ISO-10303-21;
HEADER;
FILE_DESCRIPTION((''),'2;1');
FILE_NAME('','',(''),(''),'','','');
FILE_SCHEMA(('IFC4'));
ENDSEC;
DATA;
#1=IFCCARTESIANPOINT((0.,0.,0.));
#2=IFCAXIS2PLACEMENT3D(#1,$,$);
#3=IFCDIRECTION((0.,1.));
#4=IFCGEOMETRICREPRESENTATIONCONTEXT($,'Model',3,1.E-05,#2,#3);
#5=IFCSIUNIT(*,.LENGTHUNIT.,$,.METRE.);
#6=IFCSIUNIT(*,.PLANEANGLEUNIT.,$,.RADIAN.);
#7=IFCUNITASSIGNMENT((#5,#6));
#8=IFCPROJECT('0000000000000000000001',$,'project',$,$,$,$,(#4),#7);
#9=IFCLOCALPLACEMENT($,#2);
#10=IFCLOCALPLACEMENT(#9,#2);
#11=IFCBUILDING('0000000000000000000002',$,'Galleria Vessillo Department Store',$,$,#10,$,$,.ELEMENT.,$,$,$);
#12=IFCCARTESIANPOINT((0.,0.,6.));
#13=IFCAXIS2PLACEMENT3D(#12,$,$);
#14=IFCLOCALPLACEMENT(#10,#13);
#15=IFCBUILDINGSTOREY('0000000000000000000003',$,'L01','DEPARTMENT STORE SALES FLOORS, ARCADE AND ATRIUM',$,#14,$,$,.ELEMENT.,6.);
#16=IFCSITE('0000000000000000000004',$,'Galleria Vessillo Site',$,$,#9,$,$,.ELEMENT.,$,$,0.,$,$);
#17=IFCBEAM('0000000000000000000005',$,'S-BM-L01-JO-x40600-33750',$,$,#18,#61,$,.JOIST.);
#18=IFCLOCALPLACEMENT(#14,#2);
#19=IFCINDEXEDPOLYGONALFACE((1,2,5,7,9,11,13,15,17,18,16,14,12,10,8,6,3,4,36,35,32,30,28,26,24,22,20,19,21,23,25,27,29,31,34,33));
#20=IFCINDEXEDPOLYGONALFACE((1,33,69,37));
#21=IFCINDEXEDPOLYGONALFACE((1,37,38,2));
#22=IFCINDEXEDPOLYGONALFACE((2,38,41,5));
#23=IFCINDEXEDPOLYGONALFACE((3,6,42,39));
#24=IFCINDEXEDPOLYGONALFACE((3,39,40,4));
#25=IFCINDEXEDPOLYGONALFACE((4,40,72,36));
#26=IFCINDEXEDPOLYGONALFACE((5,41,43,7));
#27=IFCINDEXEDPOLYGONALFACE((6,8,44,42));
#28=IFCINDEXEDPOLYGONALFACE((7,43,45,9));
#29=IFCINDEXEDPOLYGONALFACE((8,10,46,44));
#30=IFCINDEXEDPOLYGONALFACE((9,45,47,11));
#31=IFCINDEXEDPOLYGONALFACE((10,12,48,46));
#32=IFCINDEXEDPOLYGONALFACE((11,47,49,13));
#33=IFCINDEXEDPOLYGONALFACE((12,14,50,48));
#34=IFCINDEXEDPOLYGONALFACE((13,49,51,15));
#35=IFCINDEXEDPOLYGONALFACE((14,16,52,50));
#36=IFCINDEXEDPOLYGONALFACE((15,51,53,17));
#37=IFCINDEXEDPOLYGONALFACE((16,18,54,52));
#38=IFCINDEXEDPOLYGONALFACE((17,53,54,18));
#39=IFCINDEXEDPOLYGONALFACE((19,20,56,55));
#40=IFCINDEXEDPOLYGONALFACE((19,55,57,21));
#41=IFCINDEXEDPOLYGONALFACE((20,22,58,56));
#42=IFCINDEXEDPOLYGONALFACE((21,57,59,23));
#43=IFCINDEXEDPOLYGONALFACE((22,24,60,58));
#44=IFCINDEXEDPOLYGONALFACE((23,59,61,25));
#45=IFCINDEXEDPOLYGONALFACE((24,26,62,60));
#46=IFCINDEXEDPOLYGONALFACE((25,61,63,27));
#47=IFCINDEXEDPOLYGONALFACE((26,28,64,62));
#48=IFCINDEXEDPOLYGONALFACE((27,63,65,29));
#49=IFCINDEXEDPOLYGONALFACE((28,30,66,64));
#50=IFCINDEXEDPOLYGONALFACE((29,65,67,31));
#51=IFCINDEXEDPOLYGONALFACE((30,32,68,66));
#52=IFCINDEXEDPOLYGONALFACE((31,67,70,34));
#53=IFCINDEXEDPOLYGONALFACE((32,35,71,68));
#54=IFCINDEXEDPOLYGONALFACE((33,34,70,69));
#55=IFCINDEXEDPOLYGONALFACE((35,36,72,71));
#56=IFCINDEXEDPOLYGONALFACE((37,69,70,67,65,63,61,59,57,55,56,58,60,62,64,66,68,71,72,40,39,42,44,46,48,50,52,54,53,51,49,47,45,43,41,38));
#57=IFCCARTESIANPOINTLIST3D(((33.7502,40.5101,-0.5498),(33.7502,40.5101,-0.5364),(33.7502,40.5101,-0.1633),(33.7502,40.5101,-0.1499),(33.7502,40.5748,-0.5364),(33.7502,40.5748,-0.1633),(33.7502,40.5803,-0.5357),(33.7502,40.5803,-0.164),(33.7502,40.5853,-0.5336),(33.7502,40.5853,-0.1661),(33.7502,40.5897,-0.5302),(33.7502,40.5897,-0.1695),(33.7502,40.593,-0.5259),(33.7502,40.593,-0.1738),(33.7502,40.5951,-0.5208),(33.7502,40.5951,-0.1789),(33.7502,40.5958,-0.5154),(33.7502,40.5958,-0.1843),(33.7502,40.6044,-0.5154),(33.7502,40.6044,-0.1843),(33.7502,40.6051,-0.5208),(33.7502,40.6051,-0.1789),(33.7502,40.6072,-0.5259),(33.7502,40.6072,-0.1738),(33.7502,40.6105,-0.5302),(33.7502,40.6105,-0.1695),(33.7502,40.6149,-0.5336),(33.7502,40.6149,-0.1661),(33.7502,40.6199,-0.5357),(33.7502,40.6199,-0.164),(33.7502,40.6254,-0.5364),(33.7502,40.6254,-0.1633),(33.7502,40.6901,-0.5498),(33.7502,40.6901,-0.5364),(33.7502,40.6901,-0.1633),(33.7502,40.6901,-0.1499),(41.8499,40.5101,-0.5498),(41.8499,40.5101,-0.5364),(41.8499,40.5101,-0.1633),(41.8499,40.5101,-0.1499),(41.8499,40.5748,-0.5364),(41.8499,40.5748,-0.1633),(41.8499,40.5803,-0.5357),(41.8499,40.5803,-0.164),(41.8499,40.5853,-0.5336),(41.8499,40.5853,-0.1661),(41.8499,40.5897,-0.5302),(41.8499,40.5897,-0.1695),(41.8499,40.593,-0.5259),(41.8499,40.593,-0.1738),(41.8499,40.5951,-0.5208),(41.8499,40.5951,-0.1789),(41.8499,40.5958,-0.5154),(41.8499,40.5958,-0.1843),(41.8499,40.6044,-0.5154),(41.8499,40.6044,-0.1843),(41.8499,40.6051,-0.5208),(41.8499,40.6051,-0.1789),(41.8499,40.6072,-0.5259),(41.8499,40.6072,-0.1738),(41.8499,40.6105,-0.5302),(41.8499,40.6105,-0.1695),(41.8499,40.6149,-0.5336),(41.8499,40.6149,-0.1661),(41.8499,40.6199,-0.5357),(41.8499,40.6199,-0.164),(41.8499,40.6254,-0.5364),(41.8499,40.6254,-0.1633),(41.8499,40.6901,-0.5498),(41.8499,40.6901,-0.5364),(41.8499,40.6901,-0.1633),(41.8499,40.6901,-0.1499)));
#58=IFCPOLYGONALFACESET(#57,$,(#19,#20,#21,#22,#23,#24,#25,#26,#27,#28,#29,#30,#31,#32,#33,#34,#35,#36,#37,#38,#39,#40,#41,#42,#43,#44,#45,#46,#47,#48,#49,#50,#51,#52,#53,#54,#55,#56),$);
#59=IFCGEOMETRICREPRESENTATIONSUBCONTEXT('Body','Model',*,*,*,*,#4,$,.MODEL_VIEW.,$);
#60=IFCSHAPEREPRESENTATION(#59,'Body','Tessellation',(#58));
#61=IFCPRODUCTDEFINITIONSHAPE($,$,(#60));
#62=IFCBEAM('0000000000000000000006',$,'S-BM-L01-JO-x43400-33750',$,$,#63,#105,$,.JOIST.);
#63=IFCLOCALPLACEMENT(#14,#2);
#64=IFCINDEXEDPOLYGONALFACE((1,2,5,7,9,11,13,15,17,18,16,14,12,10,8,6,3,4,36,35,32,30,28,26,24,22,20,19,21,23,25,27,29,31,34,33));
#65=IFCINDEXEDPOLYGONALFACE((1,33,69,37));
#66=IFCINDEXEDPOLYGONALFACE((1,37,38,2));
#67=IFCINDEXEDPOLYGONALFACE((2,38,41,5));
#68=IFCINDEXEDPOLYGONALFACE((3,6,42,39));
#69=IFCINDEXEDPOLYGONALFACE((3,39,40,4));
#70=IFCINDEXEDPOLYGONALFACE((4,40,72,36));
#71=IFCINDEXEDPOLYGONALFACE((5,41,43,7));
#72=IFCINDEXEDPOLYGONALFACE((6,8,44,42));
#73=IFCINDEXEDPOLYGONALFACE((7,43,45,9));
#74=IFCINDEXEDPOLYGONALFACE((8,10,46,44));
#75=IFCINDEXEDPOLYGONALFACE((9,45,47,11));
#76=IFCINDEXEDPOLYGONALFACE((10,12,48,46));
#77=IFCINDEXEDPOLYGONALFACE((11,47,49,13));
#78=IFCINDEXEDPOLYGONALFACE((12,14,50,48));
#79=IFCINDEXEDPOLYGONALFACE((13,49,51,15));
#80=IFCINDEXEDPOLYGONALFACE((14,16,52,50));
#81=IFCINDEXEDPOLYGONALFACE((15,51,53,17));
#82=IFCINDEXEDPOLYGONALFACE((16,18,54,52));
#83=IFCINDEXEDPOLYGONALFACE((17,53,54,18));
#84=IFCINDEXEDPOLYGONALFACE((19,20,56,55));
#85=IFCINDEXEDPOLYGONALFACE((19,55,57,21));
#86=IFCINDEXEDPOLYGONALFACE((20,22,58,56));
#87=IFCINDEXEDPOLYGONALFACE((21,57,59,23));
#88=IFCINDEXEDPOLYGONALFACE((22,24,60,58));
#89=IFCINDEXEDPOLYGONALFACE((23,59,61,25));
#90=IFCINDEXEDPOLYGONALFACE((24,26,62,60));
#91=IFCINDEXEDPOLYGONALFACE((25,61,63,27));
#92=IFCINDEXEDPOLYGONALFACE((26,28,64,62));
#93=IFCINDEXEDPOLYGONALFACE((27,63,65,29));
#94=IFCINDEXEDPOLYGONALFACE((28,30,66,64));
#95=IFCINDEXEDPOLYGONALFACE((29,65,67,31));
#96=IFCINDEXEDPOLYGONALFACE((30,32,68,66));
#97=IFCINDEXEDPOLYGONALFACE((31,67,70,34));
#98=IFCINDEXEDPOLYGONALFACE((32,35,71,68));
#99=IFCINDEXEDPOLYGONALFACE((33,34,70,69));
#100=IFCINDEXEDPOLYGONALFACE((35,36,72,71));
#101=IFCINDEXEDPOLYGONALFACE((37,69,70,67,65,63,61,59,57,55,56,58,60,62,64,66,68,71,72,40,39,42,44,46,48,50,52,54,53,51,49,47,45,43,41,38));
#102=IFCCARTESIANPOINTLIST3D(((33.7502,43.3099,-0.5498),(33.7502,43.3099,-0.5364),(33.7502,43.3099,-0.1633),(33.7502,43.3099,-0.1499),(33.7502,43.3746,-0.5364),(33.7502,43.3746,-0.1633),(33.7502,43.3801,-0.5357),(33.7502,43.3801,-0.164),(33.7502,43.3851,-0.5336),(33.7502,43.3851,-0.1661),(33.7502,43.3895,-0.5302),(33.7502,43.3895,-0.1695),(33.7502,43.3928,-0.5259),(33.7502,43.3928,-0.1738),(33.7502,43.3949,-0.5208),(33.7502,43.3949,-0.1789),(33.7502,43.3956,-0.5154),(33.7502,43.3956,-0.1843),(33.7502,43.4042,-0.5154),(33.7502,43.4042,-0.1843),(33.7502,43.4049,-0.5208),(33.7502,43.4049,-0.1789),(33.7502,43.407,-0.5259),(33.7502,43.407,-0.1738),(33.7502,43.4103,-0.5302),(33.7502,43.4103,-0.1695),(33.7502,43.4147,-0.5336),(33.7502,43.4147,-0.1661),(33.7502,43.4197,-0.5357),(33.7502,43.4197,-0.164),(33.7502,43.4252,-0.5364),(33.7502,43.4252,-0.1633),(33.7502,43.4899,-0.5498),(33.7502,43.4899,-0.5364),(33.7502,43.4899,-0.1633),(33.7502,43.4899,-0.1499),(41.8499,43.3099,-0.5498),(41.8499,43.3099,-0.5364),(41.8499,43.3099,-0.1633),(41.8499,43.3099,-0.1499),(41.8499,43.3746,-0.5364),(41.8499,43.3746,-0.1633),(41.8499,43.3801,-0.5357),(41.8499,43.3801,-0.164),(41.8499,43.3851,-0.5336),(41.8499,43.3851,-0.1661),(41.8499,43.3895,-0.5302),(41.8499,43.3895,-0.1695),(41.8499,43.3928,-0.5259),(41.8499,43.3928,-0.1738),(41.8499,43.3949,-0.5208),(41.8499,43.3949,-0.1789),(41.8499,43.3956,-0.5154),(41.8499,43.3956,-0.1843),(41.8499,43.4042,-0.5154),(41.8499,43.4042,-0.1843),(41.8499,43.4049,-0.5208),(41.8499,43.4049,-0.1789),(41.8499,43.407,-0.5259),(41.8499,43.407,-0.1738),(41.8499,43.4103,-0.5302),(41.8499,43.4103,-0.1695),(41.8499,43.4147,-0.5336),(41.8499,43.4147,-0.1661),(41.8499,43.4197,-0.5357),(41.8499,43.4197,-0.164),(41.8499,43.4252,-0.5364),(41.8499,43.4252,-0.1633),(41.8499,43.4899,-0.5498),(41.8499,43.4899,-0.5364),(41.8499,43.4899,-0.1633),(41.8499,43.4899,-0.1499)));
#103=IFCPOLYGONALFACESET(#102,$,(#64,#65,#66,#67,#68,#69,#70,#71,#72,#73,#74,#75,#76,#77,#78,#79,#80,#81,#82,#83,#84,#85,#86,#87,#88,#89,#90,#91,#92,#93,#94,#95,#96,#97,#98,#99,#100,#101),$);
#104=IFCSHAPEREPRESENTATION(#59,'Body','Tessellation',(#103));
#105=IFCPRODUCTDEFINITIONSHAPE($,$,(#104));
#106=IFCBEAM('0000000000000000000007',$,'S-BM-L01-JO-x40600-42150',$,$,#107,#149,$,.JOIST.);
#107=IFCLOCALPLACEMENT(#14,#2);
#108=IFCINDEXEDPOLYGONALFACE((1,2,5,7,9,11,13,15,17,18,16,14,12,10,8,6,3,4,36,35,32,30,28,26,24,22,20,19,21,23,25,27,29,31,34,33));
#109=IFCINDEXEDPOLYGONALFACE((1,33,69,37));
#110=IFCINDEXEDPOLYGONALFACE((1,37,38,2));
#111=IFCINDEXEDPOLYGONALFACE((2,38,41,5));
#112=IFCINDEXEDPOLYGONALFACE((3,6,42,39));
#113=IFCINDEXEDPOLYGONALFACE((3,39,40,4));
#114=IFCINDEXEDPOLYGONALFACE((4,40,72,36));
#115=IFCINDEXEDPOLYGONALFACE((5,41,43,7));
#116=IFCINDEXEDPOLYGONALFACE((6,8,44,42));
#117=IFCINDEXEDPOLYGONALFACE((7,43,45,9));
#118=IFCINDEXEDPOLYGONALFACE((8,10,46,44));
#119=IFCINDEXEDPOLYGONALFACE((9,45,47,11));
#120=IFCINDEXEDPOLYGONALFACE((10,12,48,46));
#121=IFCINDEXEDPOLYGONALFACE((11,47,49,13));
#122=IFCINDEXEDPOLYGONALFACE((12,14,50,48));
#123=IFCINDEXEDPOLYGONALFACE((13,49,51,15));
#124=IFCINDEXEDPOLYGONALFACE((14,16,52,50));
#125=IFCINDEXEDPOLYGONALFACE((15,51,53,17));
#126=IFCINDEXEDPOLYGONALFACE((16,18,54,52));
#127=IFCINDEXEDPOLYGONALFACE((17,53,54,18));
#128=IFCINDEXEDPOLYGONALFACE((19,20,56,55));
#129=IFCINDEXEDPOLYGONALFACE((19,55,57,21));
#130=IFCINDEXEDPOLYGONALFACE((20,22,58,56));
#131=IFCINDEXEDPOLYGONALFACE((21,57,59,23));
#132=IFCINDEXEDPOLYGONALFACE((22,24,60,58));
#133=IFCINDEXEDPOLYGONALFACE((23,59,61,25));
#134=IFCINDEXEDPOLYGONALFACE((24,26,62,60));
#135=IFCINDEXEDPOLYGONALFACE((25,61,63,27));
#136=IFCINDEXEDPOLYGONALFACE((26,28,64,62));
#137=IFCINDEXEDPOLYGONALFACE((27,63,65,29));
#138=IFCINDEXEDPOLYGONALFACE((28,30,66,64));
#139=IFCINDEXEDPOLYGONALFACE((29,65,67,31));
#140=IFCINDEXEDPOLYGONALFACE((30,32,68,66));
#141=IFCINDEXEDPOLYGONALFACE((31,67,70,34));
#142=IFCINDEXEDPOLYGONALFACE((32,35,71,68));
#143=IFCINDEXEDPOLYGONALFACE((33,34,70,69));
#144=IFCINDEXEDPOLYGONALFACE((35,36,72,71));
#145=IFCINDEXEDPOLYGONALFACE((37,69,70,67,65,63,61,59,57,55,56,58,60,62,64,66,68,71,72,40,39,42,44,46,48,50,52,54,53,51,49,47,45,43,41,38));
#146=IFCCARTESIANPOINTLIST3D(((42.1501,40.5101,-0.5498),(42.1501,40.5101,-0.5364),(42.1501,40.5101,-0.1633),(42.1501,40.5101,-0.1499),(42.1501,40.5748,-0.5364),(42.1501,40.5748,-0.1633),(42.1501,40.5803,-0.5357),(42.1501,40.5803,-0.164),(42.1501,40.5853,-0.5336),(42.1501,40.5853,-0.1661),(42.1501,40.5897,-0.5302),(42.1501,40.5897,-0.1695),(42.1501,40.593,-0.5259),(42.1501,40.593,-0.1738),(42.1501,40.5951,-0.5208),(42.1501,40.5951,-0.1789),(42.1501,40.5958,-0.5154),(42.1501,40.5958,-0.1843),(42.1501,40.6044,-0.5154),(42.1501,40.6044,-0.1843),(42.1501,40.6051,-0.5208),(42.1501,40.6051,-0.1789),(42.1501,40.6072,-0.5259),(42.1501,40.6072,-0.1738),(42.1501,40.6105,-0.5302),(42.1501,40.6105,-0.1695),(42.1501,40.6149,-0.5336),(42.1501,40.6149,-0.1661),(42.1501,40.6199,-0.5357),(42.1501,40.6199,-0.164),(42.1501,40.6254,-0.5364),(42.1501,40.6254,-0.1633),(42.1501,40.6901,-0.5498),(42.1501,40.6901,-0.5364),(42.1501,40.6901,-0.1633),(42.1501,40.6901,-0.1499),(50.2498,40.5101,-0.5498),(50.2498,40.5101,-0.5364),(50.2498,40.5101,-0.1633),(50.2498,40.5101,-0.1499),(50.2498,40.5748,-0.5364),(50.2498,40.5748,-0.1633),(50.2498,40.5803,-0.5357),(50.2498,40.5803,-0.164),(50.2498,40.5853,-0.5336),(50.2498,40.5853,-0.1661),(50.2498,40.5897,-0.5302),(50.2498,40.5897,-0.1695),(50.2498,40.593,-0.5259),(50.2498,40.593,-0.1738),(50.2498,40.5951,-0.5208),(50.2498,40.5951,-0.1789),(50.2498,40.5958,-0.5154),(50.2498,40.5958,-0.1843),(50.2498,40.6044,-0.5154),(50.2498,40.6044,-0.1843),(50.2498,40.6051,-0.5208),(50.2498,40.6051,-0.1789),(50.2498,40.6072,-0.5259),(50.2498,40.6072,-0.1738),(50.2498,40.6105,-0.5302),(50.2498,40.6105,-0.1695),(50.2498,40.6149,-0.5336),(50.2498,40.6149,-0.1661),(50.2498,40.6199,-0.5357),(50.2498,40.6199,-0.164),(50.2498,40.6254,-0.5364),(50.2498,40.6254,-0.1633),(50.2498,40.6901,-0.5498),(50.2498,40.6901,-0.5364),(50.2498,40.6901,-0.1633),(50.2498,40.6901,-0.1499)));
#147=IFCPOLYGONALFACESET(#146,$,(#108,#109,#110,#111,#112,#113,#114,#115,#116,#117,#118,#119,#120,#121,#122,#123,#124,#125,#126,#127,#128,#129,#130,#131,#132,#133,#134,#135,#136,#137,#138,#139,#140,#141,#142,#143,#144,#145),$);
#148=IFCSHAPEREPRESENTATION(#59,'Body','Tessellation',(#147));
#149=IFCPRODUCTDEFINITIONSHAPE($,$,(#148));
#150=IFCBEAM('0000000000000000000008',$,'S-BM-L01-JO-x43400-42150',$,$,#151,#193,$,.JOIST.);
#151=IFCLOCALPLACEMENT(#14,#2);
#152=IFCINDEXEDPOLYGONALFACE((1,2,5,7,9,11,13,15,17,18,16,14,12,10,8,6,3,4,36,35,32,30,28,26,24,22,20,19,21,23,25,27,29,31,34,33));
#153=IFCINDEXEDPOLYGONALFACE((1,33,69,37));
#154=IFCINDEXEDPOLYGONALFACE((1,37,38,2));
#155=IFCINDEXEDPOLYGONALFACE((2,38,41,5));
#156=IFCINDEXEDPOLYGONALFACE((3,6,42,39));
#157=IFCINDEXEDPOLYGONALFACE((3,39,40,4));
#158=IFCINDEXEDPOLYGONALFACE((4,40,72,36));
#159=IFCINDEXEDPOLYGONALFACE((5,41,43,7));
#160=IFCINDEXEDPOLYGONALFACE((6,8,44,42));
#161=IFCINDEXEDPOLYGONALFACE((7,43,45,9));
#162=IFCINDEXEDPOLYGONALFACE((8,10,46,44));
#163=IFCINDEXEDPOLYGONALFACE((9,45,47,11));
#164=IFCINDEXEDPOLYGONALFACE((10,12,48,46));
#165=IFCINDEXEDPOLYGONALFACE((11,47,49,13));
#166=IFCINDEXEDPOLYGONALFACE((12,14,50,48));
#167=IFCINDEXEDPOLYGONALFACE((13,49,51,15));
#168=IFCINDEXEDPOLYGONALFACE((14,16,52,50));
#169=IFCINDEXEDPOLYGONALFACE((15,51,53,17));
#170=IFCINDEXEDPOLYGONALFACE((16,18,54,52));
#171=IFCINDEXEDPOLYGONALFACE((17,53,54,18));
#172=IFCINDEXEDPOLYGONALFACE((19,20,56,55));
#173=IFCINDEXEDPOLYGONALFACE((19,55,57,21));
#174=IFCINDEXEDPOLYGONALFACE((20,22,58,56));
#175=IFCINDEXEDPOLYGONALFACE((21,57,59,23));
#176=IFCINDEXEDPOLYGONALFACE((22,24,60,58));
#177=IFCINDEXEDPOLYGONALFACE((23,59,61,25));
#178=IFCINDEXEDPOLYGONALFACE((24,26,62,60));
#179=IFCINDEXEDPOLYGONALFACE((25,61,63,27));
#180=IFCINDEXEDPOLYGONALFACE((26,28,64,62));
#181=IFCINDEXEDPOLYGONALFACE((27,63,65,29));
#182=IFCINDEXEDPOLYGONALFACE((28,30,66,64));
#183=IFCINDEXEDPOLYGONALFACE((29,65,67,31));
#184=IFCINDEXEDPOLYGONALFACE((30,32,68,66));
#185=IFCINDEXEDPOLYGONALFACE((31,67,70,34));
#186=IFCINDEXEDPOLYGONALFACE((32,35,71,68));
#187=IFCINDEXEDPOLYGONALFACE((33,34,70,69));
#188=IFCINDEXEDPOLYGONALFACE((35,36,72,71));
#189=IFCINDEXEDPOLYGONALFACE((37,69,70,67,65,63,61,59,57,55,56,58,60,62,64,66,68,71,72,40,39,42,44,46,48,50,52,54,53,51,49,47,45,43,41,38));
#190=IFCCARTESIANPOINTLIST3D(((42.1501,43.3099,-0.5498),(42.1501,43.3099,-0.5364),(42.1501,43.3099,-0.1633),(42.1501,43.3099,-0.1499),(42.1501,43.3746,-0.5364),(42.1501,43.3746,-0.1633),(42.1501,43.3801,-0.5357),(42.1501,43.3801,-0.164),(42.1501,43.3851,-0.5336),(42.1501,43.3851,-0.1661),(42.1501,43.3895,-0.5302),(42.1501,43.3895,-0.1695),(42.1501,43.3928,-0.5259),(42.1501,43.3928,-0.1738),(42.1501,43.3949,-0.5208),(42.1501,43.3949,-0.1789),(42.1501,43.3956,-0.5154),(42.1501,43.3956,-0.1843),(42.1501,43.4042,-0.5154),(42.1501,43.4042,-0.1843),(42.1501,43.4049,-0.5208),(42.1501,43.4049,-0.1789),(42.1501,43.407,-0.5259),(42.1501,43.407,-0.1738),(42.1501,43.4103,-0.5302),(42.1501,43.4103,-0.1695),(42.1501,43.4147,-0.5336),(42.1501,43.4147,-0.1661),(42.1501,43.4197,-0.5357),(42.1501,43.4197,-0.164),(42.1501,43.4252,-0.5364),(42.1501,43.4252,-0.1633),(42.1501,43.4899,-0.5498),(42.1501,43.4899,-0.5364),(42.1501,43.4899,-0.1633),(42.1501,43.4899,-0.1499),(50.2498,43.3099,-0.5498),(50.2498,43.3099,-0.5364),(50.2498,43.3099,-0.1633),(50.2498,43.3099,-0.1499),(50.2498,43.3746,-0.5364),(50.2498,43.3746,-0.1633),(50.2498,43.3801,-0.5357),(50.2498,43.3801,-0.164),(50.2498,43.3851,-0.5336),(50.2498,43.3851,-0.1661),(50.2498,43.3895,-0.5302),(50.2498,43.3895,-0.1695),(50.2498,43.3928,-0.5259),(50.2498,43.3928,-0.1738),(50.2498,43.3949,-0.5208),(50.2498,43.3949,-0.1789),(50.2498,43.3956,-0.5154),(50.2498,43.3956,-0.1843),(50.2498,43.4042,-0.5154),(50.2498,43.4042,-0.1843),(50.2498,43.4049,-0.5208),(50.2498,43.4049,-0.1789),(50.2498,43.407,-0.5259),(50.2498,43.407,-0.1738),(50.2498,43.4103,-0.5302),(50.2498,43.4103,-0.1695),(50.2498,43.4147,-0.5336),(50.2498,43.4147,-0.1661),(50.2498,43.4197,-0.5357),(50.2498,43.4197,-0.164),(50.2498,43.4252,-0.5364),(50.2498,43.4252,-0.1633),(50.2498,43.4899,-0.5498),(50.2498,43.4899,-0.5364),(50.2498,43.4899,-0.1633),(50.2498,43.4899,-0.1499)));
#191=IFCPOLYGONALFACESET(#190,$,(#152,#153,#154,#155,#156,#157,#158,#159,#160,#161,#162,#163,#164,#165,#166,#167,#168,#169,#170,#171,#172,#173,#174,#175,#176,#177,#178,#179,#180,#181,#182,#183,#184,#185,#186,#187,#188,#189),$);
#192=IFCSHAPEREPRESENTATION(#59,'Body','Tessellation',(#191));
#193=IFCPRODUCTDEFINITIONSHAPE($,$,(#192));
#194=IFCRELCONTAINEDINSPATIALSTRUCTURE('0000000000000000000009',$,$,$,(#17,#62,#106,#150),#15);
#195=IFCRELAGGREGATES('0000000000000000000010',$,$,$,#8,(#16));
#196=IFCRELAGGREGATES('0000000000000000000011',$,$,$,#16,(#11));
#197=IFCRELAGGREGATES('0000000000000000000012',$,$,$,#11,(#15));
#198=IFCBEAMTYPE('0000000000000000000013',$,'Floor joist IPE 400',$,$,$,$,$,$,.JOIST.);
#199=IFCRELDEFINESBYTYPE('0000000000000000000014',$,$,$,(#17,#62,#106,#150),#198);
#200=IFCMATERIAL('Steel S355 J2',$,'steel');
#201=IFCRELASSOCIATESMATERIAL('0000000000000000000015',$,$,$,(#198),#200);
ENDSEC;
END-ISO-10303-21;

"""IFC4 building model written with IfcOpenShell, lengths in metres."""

from ifc_helpers import new_model, si_unit, direction, frame, origin, origin_2d, place, context, subcontext, project, spatial, i_section, extrude, material, material_profile, profile_set, type_object, element, save


model = new_model("IFC4")

# Units and contexts
model_context = context("Model", 3, precision=1e-05, world=origin(), true_north=direction((0.0, 1.0)))
body_context = subcontext(model_context, "Body", "Model", "MODEL_VIEW")
ifc_project = project(units=[si_unit("LENGTHUNIT", "METRE"), si_unit("PLANEANGLEUNIT", "RADIAN")], contexts=[model_context])

# Site, building, storey
site_placement = place(None, origin())
site = spatial("IfcSite", under=ifc_project, at=site_placement, Name="Galleria Vessillo Site", CompositionType="ELEMENT", RefElevation=0.0)
building_placement = place(site_placement, origin())
building = spatial("IfcBuilding", under=site, at=building_placement, Name="Galleria Vessillo Department Store", CompositionType="ELEMENT")
storey_placement = place(building_placement, frame((0.0, 0.0, 6.0)))
storey = spatial("IfcBuildingStorey", under=building, at=storey_placement, Name="L01", Description="DEPARTMENT STORE SALES FLOORS, ARCADE AND ATRIUM", CompositionType="ELEMENT", Elevation=6.0)

# Beams
ifc_material_1 = material(Name="Steel S355 J2", Category="steel")
ifc_material_profile_1 = material_profile(ifc_material_1, i_section(OverallWidth=0.1799, OverallDepth=0.3999, WebThickness=0.0085, FlangeThickness=0.0134, FilletRadius=0.021, at=origin_2d()), Name="IPE 400")
ifc_profile_set_1 = profile_set([ifc_material_profile_1], Name="Steel S355 J2")
beam_type_1 = type_object("IfcBeamType", Name="Floor joist IPE 400", PredefinedType="JOIST", material=ifc_profile_set_1)
for number, where, z_axis, x_axis, name in (
    (1, (33.7502, 40.6001, -0.3499), (1.0, 0.0, 0.0), (0.0, 1.0, 0.0), "S-BM-L01-JO-x40600-33750"),
    (2, (33.7502, 43.3999, -0.3499), (1.0, 0.0, 0.0), (0.0, 1.0, 0.0), "S-BM-L01-JO-x43400-33750"),
    (3, (42.1501, 40.6001, -0.3499), (1.0, 0.0, 0.0), (0.0, 1.0, 0.0), "S-BM-L01-JO-x40600-42150"),
    (4, (42.1501, 43.3999, -0.3499), (1.0, 0.0, 0.0), (0.0, 1.0, 0.0), "S-BM-L01-JO-x43400-42150"),
):
    element("IfcBeam", number, at=place(storey_placement, frame(where, z_axis=z_axis, x_axis=x_axis)), inside=storey, type_object=beam_type_1, Name=name, PredefinedType="JOIST", context=body_context, shape_type="SweptSolid", body=[
        extrude(i_section(OverallWidth=0.1799, OverallDepth=0.3999, WebThickness=0.0085, FlangeThickness=0.0134, FilletRadius=0.021, at=origin_2d()), origin(), (0.0, 0.0, 1.0), 8.0996),
    ])

save(model, "model.ifc")
